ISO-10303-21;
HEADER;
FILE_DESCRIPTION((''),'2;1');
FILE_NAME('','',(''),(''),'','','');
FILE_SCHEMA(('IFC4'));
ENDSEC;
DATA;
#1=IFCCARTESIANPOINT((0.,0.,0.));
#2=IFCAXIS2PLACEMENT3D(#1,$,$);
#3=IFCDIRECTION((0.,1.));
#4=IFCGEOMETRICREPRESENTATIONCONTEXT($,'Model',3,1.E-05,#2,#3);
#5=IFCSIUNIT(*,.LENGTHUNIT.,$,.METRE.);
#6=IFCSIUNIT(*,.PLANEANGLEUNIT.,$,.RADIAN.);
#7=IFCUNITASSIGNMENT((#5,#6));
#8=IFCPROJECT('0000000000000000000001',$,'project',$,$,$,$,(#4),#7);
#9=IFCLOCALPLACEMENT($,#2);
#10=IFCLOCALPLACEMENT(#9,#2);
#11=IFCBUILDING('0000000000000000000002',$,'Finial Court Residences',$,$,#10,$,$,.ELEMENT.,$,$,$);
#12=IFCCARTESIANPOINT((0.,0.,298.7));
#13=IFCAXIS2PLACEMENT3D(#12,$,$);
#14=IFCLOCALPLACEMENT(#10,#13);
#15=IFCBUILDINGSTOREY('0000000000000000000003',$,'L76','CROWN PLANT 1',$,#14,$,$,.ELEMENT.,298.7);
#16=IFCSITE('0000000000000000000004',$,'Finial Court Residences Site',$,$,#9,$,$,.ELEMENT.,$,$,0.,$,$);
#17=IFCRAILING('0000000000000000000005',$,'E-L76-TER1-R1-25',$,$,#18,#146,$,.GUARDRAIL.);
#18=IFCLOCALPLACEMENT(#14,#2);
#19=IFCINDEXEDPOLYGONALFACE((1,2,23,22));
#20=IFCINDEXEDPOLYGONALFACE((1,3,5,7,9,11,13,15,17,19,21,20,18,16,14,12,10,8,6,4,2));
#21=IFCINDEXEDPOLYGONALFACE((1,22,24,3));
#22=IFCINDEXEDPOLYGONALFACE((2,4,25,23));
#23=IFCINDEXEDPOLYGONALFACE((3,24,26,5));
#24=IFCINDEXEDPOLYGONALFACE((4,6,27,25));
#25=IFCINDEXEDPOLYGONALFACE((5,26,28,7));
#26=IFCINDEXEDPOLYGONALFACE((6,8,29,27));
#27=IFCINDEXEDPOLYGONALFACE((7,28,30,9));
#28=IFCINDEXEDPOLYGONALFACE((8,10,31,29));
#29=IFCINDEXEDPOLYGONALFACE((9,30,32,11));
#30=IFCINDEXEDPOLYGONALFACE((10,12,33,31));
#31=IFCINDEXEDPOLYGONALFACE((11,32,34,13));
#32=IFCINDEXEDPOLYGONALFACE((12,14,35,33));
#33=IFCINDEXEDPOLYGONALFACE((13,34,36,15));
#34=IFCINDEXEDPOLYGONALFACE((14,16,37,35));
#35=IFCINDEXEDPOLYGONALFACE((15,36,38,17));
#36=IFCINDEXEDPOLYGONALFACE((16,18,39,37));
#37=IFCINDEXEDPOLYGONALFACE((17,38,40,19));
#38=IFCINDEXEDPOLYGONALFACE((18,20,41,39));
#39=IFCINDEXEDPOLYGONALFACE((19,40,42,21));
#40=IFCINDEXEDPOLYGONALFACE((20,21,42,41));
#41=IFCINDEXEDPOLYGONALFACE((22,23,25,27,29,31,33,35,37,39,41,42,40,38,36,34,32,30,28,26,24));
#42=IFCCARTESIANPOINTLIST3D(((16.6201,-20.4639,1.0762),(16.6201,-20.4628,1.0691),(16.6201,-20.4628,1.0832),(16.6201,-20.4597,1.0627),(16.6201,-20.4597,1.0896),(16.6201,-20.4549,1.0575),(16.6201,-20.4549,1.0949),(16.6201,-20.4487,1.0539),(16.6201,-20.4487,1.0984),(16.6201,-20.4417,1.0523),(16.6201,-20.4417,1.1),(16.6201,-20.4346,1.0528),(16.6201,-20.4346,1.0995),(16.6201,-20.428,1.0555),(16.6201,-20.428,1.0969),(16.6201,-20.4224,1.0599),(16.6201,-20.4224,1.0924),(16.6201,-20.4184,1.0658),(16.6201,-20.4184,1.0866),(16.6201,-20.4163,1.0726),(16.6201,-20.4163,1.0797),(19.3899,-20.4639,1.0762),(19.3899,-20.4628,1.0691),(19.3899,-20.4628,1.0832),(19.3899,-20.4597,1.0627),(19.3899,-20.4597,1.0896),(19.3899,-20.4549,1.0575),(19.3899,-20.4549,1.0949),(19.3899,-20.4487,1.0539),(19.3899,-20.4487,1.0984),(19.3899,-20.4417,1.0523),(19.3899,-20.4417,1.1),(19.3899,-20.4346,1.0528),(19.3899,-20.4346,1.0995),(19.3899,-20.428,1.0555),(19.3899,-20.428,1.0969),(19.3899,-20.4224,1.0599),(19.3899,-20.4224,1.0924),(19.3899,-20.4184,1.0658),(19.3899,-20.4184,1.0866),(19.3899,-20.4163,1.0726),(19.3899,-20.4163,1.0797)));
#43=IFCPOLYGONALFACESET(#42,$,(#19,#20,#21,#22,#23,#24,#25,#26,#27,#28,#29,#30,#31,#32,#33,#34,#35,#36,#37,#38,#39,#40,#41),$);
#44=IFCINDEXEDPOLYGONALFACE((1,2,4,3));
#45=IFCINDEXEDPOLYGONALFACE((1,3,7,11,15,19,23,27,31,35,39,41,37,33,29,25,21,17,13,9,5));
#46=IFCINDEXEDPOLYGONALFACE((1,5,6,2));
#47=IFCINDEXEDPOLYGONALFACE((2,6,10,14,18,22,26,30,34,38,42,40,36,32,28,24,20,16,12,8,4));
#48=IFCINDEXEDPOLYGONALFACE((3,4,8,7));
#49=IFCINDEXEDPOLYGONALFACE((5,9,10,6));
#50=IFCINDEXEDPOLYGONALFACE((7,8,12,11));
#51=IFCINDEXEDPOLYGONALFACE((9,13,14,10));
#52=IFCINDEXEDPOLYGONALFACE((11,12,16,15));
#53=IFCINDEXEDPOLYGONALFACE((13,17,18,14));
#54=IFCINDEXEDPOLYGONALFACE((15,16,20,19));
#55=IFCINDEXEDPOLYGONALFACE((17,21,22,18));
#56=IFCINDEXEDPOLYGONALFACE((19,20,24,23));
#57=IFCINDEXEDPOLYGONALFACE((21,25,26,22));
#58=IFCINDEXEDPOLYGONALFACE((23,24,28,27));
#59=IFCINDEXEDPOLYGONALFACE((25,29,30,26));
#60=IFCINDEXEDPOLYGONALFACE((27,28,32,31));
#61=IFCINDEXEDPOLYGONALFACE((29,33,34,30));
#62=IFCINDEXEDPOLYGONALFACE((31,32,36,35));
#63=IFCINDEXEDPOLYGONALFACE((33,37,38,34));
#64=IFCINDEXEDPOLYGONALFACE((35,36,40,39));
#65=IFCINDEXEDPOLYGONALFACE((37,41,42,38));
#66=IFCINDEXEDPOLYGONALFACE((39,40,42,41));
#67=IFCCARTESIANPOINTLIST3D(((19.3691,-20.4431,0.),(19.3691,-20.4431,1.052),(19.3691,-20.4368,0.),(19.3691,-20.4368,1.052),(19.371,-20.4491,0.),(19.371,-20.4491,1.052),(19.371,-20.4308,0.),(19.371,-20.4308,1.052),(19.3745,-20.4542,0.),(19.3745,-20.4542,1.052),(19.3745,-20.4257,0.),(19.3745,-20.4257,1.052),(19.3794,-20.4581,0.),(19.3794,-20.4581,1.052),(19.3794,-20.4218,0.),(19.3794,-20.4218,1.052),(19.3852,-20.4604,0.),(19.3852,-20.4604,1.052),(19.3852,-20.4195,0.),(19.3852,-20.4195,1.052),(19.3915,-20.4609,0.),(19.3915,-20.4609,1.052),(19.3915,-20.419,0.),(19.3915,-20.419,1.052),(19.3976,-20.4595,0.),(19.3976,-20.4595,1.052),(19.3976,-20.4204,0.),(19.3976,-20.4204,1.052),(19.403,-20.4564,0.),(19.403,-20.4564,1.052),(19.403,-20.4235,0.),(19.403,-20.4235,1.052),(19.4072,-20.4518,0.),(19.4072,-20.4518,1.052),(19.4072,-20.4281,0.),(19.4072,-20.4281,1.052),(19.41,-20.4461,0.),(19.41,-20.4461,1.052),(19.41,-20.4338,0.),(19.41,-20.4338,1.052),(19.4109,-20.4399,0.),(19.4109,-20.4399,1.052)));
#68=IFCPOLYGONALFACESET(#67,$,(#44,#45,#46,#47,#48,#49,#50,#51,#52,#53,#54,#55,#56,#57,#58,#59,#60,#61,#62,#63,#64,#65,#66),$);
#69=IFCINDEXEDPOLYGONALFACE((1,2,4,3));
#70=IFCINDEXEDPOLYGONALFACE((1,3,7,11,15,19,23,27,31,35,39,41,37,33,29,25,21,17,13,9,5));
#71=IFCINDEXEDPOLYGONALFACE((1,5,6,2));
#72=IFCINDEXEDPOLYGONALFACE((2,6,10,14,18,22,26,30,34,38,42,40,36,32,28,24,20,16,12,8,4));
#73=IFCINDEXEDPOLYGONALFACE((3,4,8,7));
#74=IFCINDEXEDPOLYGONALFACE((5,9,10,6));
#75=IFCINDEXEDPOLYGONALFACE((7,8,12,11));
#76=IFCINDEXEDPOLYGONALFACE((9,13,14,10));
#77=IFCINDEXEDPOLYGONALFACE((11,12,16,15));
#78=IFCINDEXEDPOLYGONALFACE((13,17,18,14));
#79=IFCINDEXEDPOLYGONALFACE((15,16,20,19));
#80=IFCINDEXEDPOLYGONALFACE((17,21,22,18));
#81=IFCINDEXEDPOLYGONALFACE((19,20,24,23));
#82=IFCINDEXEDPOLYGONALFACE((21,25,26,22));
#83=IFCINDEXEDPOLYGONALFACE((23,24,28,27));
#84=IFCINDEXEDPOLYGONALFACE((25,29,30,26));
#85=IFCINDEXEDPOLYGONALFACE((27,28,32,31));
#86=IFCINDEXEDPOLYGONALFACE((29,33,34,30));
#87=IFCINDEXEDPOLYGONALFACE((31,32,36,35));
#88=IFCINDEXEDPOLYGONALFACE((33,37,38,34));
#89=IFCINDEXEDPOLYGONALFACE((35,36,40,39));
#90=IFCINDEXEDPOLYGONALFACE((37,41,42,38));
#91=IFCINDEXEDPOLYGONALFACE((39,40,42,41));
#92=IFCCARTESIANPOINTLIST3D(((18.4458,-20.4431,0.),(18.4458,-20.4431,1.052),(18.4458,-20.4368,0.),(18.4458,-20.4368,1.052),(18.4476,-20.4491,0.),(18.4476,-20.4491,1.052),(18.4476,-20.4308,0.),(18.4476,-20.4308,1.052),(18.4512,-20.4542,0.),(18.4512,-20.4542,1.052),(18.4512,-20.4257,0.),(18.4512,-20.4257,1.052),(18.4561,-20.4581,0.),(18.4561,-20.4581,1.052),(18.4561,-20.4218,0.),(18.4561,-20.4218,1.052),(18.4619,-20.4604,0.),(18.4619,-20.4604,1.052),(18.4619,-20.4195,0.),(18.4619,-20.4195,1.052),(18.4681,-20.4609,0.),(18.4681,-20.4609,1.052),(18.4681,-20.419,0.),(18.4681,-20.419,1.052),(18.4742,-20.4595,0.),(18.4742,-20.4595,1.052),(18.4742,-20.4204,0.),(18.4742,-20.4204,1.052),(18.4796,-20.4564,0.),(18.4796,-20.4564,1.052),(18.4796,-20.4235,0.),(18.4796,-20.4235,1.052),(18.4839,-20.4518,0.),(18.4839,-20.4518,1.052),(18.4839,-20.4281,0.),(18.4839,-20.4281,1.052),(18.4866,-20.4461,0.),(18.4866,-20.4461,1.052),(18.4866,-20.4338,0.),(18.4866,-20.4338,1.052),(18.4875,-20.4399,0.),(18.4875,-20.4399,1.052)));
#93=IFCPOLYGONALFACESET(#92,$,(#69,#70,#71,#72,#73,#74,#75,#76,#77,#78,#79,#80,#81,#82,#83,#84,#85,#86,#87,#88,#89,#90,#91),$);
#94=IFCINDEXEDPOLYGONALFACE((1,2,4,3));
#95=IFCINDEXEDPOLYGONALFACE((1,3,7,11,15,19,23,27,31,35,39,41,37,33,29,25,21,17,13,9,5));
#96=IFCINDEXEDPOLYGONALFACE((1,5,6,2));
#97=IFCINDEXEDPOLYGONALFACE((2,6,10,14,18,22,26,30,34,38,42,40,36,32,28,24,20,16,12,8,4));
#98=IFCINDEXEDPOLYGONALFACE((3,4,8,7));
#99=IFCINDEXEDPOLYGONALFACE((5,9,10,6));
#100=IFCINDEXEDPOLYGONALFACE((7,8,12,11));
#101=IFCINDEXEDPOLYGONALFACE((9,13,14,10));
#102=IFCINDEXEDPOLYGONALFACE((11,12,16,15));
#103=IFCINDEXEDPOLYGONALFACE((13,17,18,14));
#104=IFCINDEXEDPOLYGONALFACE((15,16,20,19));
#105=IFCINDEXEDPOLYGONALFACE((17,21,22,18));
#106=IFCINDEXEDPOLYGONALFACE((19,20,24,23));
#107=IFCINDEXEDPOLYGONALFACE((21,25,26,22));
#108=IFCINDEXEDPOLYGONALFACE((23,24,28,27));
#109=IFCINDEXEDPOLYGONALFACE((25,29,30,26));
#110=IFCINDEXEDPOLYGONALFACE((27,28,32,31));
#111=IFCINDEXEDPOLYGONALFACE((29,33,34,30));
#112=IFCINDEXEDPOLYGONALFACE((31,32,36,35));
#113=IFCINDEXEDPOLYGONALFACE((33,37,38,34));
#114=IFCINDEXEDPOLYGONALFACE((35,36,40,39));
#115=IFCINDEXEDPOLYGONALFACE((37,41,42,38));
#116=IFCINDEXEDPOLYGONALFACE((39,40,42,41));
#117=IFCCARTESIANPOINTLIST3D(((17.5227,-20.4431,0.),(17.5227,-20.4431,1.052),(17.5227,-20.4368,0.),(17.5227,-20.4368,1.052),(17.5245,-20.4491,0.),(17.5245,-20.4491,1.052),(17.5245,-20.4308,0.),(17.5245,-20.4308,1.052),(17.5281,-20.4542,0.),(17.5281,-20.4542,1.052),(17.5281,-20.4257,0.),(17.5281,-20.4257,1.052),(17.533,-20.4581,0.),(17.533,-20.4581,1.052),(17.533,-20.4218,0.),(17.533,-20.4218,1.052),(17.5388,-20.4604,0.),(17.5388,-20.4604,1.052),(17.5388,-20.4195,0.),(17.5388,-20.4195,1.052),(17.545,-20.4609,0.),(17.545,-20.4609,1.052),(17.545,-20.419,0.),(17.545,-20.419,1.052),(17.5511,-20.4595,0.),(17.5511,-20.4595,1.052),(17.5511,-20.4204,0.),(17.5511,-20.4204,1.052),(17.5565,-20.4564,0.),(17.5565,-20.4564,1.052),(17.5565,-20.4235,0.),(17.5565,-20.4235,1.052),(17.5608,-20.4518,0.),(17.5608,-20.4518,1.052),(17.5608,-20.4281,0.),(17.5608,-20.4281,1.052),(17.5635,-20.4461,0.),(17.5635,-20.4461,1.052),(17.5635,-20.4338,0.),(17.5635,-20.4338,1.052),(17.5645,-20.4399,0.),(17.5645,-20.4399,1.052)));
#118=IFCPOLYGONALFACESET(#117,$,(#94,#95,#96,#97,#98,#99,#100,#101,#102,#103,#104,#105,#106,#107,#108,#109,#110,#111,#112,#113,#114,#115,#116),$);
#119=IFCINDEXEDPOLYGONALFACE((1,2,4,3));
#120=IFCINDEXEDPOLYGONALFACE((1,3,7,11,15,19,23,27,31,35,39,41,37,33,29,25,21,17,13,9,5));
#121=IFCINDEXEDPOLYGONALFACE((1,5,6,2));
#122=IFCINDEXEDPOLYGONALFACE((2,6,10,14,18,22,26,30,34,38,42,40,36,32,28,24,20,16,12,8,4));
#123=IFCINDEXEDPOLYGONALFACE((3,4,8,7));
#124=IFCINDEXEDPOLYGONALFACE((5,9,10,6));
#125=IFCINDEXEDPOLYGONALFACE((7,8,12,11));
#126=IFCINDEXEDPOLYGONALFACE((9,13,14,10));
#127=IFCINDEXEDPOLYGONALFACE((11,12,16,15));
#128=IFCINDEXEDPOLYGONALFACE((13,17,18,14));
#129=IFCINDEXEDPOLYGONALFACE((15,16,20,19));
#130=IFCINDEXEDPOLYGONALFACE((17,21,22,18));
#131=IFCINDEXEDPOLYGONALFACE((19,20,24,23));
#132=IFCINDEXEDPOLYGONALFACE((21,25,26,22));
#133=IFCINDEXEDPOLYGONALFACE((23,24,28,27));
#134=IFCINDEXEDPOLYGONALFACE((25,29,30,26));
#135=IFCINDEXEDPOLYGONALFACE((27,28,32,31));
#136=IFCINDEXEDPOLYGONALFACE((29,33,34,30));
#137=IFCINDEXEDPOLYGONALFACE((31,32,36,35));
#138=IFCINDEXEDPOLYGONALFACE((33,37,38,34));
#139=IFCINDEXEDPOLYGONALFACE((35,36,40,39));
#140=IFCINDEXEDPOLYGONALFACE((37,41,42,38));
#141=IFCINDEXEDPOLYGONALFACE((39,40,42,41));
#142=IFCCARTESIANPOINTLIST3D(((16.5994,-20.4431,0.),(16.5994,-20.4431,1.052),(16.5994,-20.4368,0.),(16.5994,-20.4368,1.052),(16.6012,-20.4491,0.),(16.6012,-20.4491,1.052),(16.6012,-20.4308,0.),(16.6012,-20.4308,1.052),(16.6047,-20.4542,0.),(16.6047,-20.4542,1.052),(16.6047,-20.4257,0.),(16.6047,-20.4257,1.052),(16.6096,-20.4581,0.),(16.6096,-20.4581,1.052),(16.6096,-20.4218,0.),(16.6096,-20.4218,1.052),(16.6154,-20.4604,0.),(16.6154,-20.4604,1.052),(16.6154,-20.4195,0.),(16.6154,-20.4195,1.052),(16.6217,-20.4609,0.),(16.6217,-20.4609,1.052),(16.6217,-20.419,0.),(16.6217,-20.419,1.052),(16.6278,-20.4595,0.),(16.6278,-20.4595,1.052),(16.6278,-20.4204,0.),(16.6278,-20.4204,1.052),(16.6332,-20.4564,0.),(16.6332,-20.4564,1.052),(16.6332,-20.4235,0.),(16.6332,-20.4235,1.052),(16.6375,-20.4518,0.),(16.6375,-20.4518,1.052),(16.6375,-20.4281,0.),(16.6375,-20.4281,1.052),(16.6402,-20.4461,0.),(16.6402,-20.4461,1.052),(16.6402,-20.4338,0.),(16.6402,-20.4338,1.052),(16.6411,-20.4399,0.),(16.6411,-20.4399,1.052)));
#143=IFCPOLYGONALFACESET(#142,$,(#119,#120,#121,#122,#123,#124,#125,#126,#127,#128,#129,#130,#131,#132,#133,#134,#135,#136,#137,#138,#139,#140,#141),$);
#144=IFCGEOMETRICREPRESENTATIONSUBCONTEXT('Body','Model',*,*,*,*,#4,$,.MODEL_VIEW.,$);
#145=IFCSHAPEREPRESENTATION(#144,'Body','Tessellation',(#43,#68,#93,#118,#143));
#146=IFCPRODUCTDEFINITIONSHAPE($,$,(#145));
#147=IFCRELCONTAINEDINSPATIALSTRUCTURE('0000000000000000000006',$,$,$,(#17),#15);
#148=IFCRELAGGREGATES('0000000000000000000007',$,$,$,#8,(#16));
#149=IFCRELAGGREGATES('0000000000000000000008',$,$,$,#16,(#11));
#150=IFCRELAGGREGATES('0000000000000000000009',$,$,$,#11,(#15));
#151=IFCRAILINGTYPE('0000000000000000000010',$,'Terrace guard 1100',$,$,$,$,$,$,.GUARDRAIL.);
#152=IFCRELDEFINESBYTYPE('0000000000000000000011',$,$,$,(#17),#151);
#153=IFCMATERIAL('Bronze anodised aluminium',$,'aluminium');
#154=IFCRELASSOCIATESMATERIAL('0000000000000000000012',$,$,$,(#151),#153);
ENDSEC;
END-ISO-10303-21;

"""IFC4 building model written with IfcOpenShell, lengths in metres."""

from ifc_helpers import new_model, si_unit, direction, frame, origin, origin_2d, place, context, subcontext, project, spatial, circle, extrude, material, type_object, element, save


model = new_model("IFC4")

# Units and contexts
model_context = context("Model", 3, precision=1e-05, world=origin(), true_north=direction((0.0, 1.0)))
body_context = subcontext(model_context, "Body", "Model", "MODEL_VIEW")
ifc_project = project(units=[si_unit("LENGTHUNIT", "METRE"), si_unit("PLANEANGLEUNIT", "RADIAN")], contexts=[model_context])

# Site, building, storey
site_placement = place(None, origin())
site = spatial("IfcSite", under=ifc_project, at=site_placement, Name="Finial Court Residences Site", CompositionType="ELEMENT", RefElevation=0.0)
building_placement = place(site_placement, origin())
building = spatial("IfcBuilding", under=site, at=building_placement, Name="Finial Court Residences", CompositionType="ELEMENT")
storey_placement = place(building_placement, frame((0.0, 0.0, 298.7)))
storey = spatial("IfcBuildingStorey", under=building, at=storey_placement, Name="L76", Description="CROWN PLANT 1", CompositionType="ELEMENT", Elevation=298.7)

# Shared definitions
ifc_material_1 = material(Name="Bronze anodised aluminium", Category="aluminium")

# Railing
railing_type_1 = type_object("IfcRailingType", Name="Terrace guard 1100", PredefinedType="GUARDRAIL", material=ifc_material_1)
railing_1_placement = place(storey_placement, frame((19.3899, -20.4399, 0.0)))
element("IfcRailing", 1, at=railing_1_placement, inside=storey, type_object=railing_type_1, Name="E-L76-TER1-R1-25", PredefinedType="GUARDRAIL", context=body_context, shape_type="SweptSolid", body=[
    extrude(circle(Radius=0.0239, at=origin_2d()), frame((0.0, 0.0, 1.0762), z_axis=(-1.0, 0.0, 0.0), x_axis=(0.0, -1.0, 0.0)), (0.0, 0.0, 1.0), 2.7698),
    extrude(circle(Radius=0.021, at=origin_2d()), origin(), (0.0, 0.0, 1.0), 1.052),
    extrude(circle(Radius=0.021, at=origin_2d()), frame((-0.9233, 0.0, 0.0)), (0.0, 0.0, 1.0), 1.052),
    extrude(circle(Radius=0.021, at=origin_2d()), frame((-1.8464, 0.0, 0.0)), (0.0, 0.0, 1.0), 1.052),
    extrude(circle(Radius=0.021, at=origin_2d()), frame((-2.7698, 0.0, 0.0)), (0.0, 0.0, 1.0), 1.052),
])

save(model, "model.ifc")
